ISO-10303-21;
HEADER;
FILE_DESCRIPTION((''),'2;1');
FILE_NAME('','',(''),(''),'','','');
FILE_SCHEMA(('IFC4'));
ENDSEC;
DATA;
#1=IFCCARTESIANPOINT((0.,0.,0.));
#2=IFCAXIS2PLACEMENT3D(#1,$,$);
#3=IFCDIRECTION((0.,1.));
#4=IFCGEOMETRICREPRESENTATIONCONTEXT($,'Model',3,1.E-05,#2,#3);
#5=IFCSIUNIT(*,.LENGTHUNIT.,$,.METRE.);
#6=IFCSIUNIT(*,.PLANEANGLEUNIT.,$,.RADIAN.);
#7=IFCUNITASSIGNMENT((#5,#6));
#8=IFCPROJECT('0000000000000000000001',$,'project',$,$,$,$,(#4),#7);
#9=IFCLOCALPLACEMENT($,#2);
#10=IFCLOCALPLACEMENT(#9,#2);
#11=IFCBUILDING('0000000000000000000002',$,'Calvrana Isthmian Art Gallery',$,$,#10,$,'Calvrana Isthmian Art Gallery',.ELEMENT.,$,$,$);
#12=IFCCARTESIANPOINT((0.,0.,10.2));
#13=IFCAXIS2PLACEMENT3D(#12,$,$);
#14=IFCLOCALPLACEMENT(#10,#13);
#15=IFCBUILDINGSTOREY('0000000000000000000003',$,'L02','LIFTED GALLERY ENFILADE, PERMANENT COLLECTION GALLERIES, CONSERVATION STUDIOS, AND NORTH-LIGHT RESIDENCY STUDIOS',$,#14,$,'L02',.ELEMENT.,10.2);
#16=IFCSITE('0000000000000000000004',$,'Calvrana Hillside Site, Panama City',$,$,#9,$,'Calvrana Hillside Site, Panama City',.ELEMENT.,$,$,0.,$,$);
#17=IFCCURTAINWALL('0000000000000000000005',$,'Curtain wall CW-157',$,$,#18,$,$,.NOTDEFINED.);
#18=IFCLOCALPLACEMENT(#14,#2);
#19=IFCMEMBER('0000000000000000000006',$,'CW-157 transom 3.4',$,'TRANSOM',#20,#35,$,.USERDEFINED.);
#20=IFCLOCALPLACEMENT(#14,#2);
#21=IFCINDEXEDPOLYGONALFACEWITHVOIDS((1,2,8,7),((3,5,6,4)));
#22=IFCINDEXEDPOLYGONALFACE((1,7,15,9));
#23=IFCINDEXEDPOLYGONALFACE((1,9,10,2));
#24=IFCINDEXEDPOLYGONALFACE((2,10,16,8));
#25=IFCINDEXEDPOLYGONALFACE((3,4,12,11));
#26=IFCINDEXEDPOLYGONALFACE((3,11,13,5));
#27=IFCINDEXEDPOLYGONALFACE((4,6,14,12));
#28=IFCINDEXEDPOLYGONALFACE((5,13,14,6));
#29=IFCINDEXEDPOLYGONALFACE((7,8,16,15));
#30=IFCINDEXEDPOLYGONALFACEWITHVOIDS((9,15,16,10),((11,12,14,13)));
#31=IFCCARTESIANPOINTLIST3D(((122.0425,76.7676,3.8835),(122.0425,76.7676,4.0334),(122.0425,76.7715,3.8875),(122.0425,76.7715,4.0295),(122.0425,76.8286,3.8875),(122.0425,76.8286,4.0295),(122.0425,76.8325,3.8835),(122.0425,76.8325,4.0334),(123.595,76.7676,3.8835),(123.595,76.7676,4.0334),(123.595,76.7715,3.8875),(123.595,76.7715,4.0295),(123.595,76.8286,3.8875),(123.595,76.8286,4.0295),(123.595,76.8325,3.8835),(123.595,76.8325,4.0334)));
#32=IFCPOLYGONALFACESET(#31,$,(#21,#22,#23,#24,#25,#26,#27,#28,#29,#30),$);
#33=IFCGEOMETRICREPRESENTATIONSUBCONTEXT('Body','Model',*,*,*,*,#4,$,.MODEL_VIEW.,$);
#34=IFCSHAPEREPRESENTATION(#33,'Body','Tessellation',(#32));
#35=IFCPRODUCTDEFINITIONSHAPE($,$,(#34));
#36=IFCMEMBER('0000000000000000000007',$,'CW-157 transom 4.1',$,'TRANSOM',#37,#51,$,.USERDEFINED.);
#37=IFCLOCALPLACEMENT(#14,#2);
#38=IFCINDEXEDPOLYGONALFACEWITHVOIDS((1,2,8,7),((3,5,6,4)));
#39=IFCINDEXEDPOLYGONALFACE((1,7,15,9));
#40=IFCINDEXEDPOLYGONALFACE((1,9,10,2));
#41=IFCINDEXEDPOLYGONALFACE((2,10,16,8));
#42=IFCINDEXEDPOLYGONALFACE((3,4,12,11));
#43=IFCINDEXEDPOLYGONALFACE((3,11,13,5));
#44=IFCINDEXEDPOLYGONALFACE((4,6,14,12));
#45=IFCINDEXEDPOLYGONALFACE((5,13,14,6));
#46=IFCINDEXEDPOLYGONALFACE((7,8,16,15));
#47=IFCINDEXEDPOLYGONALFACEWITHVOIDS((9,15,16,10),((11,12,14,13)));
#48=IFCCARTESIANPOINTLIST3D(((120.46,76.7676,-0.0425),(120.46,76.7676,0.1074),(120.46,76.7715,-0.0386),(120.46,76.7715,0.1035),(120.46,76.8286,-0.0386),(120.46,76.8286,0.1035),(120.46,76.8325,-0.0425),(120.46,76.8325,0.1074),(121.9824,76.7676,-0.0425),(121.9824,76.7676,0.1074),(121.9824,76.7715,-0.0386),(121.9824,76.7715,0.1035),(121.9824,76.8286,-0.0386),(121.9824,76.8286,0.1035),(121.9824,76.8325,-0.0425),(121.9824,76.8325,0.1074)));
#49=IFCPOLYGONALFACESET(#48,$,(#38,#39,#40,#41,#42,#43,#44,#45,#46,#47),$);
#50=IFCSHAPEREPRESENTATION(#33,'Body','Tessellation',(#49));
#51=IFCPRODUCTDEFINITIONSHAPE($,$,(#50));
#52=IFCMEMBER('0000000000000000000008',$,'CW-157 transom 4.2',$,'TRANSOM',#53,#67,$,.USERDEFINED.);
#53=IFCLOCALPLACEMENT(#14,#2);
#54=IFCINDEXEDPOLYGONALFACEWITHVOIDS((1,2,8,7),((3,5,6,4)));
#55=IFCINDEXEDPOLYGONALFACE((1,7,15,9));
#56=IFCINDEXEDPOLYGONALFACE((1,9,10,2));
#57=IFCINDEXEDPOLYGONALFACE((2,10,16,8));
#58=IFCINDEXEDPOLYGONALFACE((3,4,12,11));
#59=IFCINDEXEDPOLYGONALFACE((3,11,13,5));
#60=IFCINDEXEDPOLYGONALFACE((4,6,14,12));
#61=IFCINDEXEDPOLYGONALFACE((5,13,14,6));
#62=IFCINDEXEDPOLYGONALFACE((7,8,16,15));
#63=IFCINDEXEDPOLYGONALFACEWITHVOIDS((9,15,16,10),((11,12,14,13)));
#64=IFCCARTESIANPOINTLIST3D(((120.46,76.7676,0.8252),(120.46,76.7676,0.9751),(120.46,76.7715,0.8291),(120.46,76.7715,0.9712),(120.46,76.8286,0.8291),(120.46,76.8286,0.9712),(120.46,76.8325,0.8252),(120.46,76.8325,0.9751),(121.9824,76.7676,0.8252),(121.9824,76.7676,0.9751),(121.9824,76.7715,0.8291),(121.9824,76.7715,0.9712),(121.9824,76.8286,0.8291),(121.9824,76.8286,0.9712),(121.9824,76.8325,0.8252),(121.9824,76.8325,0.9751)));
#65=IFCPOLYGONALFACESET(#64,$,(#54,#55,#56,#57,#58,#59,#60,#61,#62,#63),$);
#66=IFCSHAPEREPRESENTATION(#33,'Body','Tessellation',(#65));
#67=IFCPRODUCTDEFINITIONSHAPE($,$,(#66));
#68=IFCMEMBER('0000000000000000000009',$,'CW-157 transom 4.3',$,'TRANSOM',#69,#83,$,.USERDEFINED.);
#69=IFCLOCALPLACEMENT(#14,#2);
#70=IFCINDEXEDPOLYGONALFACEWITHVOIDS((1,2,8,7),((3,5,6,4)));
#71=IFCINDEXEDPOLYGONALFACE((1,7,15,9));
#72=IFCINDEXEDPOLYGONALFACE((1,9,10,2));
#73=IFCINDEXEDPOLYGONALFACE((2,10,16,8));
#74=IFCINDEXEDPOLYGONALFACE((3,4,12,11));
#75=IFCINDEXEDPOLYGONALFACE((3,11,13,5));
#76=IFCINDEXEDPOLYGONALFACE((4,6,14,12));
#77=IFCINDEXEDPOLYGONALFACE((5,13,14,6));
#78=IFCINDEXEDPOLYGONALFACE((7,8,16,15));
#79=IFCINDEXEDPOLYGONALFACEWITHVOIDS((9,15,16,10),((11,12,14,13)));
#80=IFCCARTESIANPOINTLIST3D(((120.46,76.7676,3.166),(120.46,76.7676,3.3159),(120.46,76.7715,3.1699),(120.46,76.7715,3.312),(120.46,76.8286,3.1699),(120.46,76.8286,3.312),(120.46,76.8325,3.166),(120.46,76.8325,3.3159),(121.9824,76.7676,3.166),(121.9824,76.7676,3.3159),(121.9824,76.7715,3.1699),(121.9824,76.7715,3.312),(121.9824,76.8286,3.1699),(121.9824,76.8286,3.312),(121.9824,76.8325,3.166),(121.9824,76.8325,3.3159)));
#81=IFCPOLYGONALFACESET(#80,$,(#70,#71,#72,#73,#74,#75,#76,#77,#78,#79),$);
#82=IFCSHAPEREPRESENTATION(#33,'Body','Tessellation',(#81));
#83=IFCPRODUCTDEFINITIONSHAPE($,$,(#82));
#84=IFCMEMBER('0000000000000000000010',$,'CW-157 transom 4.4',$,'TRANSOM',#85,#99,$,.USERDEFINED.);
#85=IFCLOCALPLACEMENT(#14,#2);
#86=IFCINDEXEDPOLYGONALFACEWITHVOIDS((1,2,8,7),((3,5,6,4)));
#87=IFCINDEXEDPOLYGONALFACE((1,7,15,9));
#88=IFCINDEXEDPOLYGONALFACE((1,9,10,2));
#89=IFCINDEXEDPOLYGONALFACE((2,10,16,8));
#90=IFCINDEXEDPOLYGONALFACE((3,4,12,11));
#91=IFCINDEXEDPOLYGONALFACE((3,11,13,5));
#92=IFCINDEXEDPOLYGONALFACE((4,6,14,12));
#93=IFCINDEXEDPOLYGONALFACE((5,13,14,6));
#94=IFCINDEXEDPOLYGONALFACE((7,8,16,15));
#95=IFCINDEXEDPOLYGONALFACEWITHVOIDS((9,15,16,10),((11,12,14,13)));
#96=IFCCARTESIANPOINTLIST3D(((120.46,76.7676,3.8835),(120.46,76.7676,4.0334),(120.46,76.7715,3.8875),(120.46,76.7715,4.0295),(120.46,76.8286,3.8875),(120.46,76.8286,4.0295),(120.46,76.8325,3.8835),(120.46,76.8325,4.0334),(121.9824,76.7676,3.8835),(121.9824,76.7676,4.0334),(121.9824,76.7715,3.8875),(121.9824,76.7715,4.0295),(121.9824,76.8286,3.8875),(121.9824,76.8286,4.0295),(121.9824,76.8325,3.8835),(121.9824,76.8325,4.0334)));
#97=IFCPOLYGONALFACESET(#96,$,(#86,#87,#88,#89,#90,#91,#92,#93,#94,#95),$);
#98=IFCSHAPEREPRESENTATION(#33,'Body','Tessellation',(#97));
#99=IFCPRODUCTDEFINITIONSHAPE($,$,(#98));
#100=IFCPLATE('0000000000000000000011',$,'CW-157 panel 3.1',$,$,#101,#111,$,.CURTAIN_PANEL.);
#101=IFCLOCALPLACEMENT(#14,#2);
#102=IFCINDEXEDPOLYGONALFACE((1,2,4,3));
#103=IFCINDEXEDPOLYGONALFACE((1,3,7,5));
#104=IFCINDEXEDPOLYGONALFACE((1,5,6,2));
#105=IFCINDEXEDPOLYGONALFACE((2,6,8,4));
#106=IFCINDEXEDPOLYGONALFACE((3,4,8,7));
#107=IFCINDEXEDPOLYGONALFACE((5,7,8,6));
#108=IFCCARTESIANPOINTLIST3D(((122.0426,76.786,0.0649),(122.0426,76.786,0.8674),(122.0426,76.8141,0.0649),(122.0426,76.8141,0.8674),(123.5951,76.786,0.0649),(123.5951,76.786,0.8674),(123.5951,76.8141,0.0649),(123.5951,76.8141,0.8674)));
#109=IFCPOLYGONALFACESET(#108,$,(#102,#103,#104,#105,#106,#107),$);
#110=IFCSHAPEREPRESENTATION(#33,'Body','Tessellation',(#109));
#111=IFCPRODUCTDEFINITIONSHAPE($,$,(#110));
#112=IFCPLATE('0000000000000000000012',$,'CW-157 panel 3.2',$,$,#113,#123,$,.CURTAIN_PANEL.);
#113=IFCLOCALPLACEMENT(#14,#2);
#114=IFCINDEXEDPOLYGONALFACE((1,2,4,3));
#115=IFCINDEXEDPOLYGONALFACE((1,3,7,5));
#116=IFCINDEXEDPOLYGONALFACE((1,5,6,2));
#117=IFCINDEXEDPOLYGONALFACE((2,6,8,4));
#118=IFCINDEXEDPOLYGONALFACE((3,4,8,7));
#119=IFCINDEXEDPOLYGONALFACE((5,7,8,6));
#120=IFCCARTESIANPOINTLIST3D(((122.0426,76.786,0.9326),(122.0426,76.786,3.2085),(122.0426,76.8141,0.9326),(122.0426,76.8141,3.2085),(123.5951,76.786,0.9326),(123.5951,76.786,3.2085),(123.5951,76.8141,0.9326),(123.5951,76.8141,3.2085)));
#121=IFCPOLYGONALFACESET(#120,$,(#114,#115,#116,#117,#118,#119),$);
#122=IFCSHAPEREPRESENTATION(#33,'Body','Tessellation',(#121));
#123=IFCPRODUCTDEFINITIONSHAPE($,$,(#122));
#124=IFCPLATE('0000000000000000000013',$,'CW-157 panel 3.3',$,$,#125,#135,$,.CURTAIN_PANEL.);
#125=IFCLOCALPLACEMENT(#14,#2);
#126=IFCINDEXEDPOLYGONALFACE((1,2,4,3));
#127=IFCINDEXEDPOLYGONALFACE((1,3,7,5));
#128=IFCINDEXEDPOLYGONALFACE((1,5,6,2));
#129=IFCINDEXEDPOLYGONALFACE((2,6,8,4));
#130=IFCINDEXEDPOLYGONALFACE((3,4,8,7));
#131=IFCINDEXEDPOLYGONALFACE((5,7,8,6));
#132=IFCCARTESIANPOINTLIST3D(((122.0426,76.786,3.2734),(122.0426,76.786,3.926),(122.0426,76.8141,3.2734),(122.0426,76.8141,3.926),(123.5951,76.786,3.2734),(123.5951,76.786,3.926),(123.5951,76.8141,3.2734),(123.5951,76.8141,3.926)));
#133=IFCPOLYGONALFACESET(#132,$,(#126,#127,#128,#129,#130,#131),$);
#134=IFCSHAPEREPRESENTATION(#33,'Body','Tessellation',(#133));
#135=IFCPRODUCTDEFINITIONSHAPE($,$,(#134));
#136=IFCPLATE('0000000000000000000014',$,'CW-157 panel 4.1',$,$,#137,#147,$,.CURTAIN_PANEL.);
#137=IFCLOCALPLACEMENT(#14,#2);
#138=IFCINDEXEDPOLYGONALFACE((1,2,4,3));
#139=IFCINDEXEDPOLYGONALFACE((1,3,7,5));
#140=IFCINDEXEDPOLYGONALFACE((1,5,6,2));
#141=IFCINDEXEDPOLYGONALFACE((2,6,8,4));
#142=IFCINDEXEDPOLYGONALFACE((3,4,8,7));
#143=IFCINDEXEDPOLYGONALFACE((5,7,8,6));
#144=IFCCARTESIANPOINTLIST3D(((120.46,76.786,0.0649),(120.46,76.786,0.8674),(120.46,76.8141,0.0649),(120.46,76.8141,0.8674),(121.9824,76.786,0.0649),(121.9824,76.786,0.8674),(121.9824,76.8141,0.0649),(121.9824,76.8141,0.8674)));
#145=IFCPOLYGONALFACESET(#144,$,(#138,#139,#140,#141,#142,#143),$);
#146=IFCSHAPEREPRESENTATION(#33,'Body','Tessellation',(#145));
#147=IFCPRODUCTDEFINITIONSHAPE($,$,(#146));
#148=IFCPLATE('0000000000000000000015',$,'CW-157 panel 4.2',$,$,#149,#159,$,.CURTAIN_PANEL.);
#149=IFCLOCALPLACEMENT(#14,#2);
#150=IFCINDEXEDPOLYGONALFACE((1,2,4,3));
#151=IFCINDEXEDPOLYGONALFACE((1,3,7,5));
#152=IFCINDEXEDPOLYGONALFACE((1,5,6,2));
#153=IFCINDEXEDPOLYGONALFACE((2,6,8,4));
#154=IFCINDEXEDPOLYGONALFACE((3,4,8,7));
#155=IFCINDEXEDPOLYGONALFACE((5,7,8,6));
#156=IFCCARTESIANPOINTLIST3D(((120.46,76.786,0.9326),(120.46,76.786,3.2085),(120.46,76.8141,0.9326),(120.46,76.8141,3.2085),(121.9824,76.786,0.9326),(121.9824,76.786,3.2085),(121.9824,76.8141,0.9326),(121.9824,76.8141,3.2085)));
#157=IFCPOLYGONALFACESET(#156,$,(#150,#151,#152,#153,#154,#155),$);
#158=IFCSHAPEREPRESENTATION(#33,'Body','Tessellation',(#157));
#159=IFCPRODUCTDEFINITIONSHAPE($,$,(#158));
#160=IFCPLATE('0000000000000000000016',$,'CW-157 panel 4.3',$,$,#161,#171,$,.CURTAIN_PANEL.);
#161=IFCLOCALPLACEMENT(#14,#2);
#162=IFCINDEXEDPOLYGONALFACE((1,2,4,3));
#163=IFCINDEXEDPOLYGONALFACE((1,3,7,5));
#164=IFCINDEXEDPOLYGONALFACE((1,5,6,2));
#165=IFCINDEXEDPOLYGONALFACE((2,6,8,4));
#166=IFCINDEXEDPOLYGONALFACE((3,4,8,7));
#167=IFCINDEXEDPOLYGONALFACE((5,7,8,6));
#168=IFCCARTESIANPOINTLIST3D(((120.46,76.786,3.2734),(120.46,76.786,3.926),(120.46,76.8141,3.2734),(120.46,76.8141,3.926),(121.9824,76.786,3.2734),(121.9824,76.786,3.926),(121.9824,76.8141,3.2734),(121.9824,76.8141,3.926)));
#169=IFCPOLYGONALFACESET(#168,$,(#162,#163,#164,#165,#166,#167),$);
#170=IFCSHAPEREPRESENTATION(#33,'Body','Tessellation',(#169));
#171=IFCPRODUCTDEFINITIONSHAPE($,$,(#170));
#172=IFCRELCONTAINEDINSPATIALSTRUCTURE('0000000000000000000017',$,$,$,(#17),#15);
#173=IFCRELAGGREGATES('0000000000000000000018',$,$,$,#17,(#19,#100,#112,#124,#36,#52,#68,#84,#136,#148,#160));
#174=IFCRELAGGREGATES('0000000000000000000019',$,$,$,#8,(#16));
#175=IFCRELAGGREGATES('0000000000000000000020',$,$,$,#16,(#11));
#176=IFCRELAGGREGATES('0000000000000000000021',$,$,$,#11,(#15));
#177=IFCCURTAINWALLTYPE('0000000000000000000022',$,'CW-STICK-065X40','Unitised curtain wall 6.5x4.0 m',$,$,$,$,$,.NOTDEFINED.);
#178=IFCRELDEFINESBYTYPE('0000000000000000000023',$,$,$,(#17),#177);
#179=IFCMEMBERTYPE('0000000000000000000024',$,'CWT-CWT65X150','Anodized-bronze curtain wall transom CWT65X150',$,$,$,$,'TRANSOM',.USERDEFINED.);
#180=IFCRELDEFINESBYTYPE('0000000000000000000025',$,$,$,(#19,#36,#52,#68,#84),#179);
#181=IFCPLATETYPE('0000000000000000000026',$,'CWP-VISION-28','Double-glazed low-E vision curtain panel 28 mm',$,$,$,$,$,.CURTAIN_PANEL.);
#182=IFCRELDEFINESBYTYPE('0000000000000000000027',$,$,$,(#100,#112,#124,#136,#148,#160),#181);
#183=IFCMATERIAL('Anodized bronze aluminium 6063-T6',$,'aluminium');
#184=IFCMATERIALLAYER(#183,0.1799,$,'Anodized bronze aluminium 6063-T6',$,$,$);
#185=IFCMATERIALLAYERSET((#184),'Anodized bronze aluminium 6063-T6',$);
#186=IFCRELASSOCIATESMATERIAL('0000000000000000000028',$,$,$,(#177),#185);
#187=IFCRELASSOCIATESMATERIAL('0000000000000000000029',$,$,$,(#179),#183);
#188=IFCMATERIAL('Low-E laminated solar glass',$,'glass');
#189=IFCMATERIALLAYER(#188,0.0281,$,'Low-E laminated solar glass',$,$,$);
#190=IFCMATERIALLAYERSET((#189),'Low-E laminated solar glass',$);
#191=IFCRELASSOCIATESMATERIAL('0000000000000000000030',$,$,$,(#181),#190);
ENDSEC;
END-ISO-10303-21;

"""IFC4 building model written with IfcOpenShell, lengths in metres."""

from ifc_helpers import new_model, si_unit, direction, frame, origin, origin_2d, place, context, subcontext, project, spatial, rectangle, hollow_rectangle, extrude, material, layer, layer_set, material_profile, profile_set, type_object, element, aggregate, save


model = new_model("IFC4")

# Units and contexts
model_context = context("Model", 3, precision=1e-05, world=origin(), true_north=direction((0.0, 1.0)))
body_context = subcontext(model_context, "Body", "Model", "MODEL_VIEW")
ifc_project = project(units=[si_unit("LENGTHUNIT", "METRE"), si_unit("PLANEANGLEUNIT", "RADIAN")], contexts=[model_context])

# Site, building, storey
site_placement = place(None, origin())
site = spatial("IfcSite", under=ifc_project, at=site_placement, Name="Calvrana Hillside Site, Panama City", LongName="Calvrana Hillside Site, Panama City", CompositionType="ELEMENT", RefElevation=0.0)
building_placement = place(site_placement, origin())
building = spatial("IfcBuilding", under=site, at=building_placement, Name="Calvrana Isthmian Art Gallery", LongName="Calvrana Isthmian Art Gallery", CompositionType="ELEMENT")
storey_placement = place(building_placement, frame((0.0, 0.0, 10.2)))
storey = spatial("IfcBuildingStorey", under=building, at=storey_placement, Name="L02", Description="LIFTED GALLERY ENFILADE, PERMANENT COLLECTION GALLERIES, CONSERVATION STUDIOS, AND NORTH-LIGHT RESIDENCY STUDIOS", LongName="L02", CompositionType="ELEMENT", Elevation=10.2)

# Curtain wall, members, plates
ifc_material_1 = material(Name="Anodized bronze aluminium 6063-T6", Category="aluminium")
ifc_layer_1 = layer(ifc_material_1, 0.1799, Name="Anodized bronze aluminium 6063-T6")
ifc_layer_set_1 = layer_set([ifc_layer_1], Name="Anodized bronze aluminium 6063-T6")
curtain_wall_type = type_object("IfcCurtainWallType", Name="CW-STICK-065X40", Description="Unitised curtain wall 6.5x4.0 m", PredefinedType="NOTDEFINED", material=ifc_layer_set_1)
curtain_wall_placement = place(storey_placement, origin())
curtain_wall = element("IfcCurtainWall", 1, at=curtain_wall_placement, inside=storey, type_object=curtain_wall_type, Name="Curtain wall CW-157", PredefinedType="NOTDEFINED")
ifc_material_profile_1 = material_profile(ifc_material_1, hollow_rectangle(XDim=0.0649, YDim=0.1499, WallThickness=0.0039, at=origin_2d()), Name="CWT65X150")
ifc_profile_set_1 = profile_set([ifc_material_profile_1], Name="Anodized bronze aluminium 6063-T6")
member_type_1 = type_object("IfcMemberType", Name="CWT-CWT65X150", Description="Anodized-bronze curtain wall transom CWT65X150", ElementType="TRANSOM", PredefinedType="USERDEFINED", material=ifc_profile_set_1)
member_1_placement = place(storey_placement, frame((123.595, 76.8, 3.9585), z_axis=(-1.0, 0.0, 0.0), x_axis=(0.0, -1.0, 0.0)))
member_1 = element("IfcMember", 2, at=member_1_placement, type_object=member_type_1, Name="CW-157 transom 3.4", ObjectType="TRANSOM", PredefinedType="USERDEFINED", context=body_context, shape_type="SweptSolid", body=[
    extrude(hollow_rectangle(XDim=0.0649, YDim=0.1499, WallThickness=0.0039, at=origin_2d()), origin(), (0.0, 0.0, 1.0), 1.5525),
])
member_2_placement = place(storey_placement, frame((121.9824, 76.8, 0.0325), z_axis=(-1.0, 0.0, 0.0), x_axis=(0.0, -1.0, 0.0)))
member_2 = element("IfcMember", 3, at=member_2_placement, type_object=member_type_1, Name="CW-157 transom 4.1", ObjectType="TRANSOM", PredefinedType="USERDEFINED", context=body_context, shape_type="SweptSolid", body=[
    extrude(hollow_rectangle(XDim=0.0649, YDim=0.1499, WallThickness=0.0039, at=origin_2d()), origin(), (0.0, 0.0, 1.0), 1.5225),
])
member_3_placement = place(storey_placement, frame((121.9824, 76.8, 0.9001), z_axis=(-1.0, 0.0, 0.0), x_axis=(0.0, -1.0, 0.0)))
member_3 = element("IfcMember", 4, at=member_3_placement, type_object=member_type_1, Name="CW-157 transom 4.2", ObjectType="TRANSOM", PredefinedType="USERDEFINED", context=body_context, shape_type="SweptSolid", body=[
    extrude(hollow_rectangle(XDim=0.0649, YDim=0.1499, WallThickness=0.0039, at=origin_2d()), origin(), (0.0, 0.0, 1.0), 1.5225),
])
member_4_placement = place(storey_placement, frame((121.9824, 76.8, 3.241), z_axis=(-1.0, 0.0, 0.0), x_axis=(0.0, -1.0, 0.0)))
member_4 = element("IfcMember", 5, at=member_4_placement, type_object=member_type_1, Name="CW-157 transom 4.3", ObjectType="TRANSOM", PredefinedType="USERDEFINED", context=body_context, shape_type="SweptSolid", body=[
    extrude(hollow_rectangle(XDim=0.0649, YDim=0.1499, WallThickness=0.0039, at=origin_2d()), origin(), (0.0, 0.0, 1.0), 1.5225),
])
member_5_placement = place(storey_placement, frame((121.9824, 76.8, 3.9585), z_axis=(-1.0, 0.0, 0.0), x_axis=(0.0, -1.0, 0.0)))
member_5 = element("IfcMember", 6, at=member_5_placement, type_object=member_type_1, Name="CW-157 transom 4.4", ObjectType="TRANSOM", PredefinedType="USERDEFINED", context=body_context, shape_type="SweptSolid", body=[
    extrude(hollow_rectangle(XDim=0.0649, YDim=0.1499, WallThickness=0.0039, at=origin_2d()), origin(), (0.0, 0.0, 1.0), 1.5225),
])
ifc_material_2 = material(Name="Low-E laminated solar glass", Category="glass")
ifc_layer_2 = layer(ifc_material_2, 0.0281, Name="Low-E laminated solar glass")
ifc_layer_set_2 = layer_set([ifc_layer_2], Name="Low-E laminated solar glass")
plate_type = type_object("IfcPlateType", Name="CWP-VISION-28", Description="Double-glazed low-E vision curtain panel 28 mm", PredefinedType="CURTAIN_PANEL", material=ifc_layer_set_2)
plate_1_placement = place(storey_placement, frame((122.8188, 76.8, 0.0649), z_axis=(0.0, 0.0, 1.0), x_axis=(-1.0, 0.0, 0.0)))
plate_1 = element("IfcPlate", 7, at=plate_1_placement, type_object=plate_type, Name="CW-157 panel 3.1", PredefinedType="CURTAIN_PANEL", context=body_context, shape_type="SweptSolid", body=[
    extrude(rectangle(XDim=1.5525, YDim=0.0281, at=origin_2d()), origin(), (0.0, 0.0, 1.0), 0.8025),
])
plate_2_placement = place(storey_placement, frame((122.8188, 76.8, 0.9326), z_axis=(0.0, 0.0, 1.0), x_axis=(-1.0, 0.0, 0.0)))
plate_2 = element("IfcPlate", 8, at=plate_2_placement, type_object=plate_type, Name="CW-157 panel 3.2", PredefinedType="CURTAIN_PANEL", context=body_context, shape_type="SweptSolid", body=[
    extrude(rectangle(XDim=1.5525, YDim=0.0281, at=origin_2d()), origin(), (0.0, 0.0, 1.0), 2.2759),
])
plate_3_placement = place(storey_placement, frame((122.8188, 76.8, 3.2734), z_axis=(0.0, 0.0, 1.0), x_axis=(-1.0, 0.0, 0.0)))
plate_3 = element("IfcPlate", 9, at=plate_3_placement, type_object=plate_type, Name="CW-157 panel 3.3", PredefinedType="CURTAIN_PANEL", context=body_context, shape_type="SweptSolid", body=[
    extrude(rectangle(XDim=1.5525, YDim=0.0281, at=origin_2d()), origin(), (0.0, 0.0, 1.0), 0.6526),
])
plate_4_placement = place(storey_placement, frame((121.2212, 76.8, 0.0649), z_axis=(0.0, 0.0, 1.0), x_axis=(-1.0, 0.0, 0.0)))
plate_4 = element("IfcPlate", 10, at=plate_4_placement, type_object=plate_type, Name="CW-157 panel 4.1", PredefinedType="CURTAIN_PANEL", context=body_context, shape_type="SweptSolid", body=[
    extrude(rectangle(XDim=1.5225, YDim=0.0281, at=origin_2d()), origin(), (0.0, 0.0, 1.0), 0.8025),
])
plate_5_placement = place(storey_placement, frame((121.2212, 76.8, 0.9326), z_axis=(0.0, 0.0, 1.0), x_axis=(-1.0, 0.0, 0.0)))
plate_5 = element("IfcPlate", 11, at=plate_5_placement, type_object=plate_type, Name="CW-157 panel 4.2", PredefinedType="CURTAIN_PANEL", context=body_context, shape_type="SweptSolid", body=[
    extrude(rectangle(XDim=1.5225, YDim=0.0281, at=origin_2d()), origin(), (0.0, 0.0, 1.0), 2.2759),
])
plate_6_placement = place(storey_placement, frame((121.2212, 76.8, 3.2734), z_axis=(0.0, 0.0, 1.0), x_axis=(-1.0, 0.0, 0.0)))
plate_6 = element("IfcPlate", 12, at=plate_6_placement, type_object=plate_type, Name="CW-157 panel 4.3", PredefinedType="CURTAIN_PANEL", context=body_context, shape_type="SweptSolid", body=[
    extrude(rectangle(XDim=1.5225, YDim=0.0281, at=origin_2d()), origin(), (0.0, 0.0, 1.0), 0.6526),
])
aggregate(curtain_wall, [member_1, plate_1, plate_2, plate_3, member_2, member_3, member_4, member_5, plate_4, plate_5, plate_6])

save(model, "model.ifc")
